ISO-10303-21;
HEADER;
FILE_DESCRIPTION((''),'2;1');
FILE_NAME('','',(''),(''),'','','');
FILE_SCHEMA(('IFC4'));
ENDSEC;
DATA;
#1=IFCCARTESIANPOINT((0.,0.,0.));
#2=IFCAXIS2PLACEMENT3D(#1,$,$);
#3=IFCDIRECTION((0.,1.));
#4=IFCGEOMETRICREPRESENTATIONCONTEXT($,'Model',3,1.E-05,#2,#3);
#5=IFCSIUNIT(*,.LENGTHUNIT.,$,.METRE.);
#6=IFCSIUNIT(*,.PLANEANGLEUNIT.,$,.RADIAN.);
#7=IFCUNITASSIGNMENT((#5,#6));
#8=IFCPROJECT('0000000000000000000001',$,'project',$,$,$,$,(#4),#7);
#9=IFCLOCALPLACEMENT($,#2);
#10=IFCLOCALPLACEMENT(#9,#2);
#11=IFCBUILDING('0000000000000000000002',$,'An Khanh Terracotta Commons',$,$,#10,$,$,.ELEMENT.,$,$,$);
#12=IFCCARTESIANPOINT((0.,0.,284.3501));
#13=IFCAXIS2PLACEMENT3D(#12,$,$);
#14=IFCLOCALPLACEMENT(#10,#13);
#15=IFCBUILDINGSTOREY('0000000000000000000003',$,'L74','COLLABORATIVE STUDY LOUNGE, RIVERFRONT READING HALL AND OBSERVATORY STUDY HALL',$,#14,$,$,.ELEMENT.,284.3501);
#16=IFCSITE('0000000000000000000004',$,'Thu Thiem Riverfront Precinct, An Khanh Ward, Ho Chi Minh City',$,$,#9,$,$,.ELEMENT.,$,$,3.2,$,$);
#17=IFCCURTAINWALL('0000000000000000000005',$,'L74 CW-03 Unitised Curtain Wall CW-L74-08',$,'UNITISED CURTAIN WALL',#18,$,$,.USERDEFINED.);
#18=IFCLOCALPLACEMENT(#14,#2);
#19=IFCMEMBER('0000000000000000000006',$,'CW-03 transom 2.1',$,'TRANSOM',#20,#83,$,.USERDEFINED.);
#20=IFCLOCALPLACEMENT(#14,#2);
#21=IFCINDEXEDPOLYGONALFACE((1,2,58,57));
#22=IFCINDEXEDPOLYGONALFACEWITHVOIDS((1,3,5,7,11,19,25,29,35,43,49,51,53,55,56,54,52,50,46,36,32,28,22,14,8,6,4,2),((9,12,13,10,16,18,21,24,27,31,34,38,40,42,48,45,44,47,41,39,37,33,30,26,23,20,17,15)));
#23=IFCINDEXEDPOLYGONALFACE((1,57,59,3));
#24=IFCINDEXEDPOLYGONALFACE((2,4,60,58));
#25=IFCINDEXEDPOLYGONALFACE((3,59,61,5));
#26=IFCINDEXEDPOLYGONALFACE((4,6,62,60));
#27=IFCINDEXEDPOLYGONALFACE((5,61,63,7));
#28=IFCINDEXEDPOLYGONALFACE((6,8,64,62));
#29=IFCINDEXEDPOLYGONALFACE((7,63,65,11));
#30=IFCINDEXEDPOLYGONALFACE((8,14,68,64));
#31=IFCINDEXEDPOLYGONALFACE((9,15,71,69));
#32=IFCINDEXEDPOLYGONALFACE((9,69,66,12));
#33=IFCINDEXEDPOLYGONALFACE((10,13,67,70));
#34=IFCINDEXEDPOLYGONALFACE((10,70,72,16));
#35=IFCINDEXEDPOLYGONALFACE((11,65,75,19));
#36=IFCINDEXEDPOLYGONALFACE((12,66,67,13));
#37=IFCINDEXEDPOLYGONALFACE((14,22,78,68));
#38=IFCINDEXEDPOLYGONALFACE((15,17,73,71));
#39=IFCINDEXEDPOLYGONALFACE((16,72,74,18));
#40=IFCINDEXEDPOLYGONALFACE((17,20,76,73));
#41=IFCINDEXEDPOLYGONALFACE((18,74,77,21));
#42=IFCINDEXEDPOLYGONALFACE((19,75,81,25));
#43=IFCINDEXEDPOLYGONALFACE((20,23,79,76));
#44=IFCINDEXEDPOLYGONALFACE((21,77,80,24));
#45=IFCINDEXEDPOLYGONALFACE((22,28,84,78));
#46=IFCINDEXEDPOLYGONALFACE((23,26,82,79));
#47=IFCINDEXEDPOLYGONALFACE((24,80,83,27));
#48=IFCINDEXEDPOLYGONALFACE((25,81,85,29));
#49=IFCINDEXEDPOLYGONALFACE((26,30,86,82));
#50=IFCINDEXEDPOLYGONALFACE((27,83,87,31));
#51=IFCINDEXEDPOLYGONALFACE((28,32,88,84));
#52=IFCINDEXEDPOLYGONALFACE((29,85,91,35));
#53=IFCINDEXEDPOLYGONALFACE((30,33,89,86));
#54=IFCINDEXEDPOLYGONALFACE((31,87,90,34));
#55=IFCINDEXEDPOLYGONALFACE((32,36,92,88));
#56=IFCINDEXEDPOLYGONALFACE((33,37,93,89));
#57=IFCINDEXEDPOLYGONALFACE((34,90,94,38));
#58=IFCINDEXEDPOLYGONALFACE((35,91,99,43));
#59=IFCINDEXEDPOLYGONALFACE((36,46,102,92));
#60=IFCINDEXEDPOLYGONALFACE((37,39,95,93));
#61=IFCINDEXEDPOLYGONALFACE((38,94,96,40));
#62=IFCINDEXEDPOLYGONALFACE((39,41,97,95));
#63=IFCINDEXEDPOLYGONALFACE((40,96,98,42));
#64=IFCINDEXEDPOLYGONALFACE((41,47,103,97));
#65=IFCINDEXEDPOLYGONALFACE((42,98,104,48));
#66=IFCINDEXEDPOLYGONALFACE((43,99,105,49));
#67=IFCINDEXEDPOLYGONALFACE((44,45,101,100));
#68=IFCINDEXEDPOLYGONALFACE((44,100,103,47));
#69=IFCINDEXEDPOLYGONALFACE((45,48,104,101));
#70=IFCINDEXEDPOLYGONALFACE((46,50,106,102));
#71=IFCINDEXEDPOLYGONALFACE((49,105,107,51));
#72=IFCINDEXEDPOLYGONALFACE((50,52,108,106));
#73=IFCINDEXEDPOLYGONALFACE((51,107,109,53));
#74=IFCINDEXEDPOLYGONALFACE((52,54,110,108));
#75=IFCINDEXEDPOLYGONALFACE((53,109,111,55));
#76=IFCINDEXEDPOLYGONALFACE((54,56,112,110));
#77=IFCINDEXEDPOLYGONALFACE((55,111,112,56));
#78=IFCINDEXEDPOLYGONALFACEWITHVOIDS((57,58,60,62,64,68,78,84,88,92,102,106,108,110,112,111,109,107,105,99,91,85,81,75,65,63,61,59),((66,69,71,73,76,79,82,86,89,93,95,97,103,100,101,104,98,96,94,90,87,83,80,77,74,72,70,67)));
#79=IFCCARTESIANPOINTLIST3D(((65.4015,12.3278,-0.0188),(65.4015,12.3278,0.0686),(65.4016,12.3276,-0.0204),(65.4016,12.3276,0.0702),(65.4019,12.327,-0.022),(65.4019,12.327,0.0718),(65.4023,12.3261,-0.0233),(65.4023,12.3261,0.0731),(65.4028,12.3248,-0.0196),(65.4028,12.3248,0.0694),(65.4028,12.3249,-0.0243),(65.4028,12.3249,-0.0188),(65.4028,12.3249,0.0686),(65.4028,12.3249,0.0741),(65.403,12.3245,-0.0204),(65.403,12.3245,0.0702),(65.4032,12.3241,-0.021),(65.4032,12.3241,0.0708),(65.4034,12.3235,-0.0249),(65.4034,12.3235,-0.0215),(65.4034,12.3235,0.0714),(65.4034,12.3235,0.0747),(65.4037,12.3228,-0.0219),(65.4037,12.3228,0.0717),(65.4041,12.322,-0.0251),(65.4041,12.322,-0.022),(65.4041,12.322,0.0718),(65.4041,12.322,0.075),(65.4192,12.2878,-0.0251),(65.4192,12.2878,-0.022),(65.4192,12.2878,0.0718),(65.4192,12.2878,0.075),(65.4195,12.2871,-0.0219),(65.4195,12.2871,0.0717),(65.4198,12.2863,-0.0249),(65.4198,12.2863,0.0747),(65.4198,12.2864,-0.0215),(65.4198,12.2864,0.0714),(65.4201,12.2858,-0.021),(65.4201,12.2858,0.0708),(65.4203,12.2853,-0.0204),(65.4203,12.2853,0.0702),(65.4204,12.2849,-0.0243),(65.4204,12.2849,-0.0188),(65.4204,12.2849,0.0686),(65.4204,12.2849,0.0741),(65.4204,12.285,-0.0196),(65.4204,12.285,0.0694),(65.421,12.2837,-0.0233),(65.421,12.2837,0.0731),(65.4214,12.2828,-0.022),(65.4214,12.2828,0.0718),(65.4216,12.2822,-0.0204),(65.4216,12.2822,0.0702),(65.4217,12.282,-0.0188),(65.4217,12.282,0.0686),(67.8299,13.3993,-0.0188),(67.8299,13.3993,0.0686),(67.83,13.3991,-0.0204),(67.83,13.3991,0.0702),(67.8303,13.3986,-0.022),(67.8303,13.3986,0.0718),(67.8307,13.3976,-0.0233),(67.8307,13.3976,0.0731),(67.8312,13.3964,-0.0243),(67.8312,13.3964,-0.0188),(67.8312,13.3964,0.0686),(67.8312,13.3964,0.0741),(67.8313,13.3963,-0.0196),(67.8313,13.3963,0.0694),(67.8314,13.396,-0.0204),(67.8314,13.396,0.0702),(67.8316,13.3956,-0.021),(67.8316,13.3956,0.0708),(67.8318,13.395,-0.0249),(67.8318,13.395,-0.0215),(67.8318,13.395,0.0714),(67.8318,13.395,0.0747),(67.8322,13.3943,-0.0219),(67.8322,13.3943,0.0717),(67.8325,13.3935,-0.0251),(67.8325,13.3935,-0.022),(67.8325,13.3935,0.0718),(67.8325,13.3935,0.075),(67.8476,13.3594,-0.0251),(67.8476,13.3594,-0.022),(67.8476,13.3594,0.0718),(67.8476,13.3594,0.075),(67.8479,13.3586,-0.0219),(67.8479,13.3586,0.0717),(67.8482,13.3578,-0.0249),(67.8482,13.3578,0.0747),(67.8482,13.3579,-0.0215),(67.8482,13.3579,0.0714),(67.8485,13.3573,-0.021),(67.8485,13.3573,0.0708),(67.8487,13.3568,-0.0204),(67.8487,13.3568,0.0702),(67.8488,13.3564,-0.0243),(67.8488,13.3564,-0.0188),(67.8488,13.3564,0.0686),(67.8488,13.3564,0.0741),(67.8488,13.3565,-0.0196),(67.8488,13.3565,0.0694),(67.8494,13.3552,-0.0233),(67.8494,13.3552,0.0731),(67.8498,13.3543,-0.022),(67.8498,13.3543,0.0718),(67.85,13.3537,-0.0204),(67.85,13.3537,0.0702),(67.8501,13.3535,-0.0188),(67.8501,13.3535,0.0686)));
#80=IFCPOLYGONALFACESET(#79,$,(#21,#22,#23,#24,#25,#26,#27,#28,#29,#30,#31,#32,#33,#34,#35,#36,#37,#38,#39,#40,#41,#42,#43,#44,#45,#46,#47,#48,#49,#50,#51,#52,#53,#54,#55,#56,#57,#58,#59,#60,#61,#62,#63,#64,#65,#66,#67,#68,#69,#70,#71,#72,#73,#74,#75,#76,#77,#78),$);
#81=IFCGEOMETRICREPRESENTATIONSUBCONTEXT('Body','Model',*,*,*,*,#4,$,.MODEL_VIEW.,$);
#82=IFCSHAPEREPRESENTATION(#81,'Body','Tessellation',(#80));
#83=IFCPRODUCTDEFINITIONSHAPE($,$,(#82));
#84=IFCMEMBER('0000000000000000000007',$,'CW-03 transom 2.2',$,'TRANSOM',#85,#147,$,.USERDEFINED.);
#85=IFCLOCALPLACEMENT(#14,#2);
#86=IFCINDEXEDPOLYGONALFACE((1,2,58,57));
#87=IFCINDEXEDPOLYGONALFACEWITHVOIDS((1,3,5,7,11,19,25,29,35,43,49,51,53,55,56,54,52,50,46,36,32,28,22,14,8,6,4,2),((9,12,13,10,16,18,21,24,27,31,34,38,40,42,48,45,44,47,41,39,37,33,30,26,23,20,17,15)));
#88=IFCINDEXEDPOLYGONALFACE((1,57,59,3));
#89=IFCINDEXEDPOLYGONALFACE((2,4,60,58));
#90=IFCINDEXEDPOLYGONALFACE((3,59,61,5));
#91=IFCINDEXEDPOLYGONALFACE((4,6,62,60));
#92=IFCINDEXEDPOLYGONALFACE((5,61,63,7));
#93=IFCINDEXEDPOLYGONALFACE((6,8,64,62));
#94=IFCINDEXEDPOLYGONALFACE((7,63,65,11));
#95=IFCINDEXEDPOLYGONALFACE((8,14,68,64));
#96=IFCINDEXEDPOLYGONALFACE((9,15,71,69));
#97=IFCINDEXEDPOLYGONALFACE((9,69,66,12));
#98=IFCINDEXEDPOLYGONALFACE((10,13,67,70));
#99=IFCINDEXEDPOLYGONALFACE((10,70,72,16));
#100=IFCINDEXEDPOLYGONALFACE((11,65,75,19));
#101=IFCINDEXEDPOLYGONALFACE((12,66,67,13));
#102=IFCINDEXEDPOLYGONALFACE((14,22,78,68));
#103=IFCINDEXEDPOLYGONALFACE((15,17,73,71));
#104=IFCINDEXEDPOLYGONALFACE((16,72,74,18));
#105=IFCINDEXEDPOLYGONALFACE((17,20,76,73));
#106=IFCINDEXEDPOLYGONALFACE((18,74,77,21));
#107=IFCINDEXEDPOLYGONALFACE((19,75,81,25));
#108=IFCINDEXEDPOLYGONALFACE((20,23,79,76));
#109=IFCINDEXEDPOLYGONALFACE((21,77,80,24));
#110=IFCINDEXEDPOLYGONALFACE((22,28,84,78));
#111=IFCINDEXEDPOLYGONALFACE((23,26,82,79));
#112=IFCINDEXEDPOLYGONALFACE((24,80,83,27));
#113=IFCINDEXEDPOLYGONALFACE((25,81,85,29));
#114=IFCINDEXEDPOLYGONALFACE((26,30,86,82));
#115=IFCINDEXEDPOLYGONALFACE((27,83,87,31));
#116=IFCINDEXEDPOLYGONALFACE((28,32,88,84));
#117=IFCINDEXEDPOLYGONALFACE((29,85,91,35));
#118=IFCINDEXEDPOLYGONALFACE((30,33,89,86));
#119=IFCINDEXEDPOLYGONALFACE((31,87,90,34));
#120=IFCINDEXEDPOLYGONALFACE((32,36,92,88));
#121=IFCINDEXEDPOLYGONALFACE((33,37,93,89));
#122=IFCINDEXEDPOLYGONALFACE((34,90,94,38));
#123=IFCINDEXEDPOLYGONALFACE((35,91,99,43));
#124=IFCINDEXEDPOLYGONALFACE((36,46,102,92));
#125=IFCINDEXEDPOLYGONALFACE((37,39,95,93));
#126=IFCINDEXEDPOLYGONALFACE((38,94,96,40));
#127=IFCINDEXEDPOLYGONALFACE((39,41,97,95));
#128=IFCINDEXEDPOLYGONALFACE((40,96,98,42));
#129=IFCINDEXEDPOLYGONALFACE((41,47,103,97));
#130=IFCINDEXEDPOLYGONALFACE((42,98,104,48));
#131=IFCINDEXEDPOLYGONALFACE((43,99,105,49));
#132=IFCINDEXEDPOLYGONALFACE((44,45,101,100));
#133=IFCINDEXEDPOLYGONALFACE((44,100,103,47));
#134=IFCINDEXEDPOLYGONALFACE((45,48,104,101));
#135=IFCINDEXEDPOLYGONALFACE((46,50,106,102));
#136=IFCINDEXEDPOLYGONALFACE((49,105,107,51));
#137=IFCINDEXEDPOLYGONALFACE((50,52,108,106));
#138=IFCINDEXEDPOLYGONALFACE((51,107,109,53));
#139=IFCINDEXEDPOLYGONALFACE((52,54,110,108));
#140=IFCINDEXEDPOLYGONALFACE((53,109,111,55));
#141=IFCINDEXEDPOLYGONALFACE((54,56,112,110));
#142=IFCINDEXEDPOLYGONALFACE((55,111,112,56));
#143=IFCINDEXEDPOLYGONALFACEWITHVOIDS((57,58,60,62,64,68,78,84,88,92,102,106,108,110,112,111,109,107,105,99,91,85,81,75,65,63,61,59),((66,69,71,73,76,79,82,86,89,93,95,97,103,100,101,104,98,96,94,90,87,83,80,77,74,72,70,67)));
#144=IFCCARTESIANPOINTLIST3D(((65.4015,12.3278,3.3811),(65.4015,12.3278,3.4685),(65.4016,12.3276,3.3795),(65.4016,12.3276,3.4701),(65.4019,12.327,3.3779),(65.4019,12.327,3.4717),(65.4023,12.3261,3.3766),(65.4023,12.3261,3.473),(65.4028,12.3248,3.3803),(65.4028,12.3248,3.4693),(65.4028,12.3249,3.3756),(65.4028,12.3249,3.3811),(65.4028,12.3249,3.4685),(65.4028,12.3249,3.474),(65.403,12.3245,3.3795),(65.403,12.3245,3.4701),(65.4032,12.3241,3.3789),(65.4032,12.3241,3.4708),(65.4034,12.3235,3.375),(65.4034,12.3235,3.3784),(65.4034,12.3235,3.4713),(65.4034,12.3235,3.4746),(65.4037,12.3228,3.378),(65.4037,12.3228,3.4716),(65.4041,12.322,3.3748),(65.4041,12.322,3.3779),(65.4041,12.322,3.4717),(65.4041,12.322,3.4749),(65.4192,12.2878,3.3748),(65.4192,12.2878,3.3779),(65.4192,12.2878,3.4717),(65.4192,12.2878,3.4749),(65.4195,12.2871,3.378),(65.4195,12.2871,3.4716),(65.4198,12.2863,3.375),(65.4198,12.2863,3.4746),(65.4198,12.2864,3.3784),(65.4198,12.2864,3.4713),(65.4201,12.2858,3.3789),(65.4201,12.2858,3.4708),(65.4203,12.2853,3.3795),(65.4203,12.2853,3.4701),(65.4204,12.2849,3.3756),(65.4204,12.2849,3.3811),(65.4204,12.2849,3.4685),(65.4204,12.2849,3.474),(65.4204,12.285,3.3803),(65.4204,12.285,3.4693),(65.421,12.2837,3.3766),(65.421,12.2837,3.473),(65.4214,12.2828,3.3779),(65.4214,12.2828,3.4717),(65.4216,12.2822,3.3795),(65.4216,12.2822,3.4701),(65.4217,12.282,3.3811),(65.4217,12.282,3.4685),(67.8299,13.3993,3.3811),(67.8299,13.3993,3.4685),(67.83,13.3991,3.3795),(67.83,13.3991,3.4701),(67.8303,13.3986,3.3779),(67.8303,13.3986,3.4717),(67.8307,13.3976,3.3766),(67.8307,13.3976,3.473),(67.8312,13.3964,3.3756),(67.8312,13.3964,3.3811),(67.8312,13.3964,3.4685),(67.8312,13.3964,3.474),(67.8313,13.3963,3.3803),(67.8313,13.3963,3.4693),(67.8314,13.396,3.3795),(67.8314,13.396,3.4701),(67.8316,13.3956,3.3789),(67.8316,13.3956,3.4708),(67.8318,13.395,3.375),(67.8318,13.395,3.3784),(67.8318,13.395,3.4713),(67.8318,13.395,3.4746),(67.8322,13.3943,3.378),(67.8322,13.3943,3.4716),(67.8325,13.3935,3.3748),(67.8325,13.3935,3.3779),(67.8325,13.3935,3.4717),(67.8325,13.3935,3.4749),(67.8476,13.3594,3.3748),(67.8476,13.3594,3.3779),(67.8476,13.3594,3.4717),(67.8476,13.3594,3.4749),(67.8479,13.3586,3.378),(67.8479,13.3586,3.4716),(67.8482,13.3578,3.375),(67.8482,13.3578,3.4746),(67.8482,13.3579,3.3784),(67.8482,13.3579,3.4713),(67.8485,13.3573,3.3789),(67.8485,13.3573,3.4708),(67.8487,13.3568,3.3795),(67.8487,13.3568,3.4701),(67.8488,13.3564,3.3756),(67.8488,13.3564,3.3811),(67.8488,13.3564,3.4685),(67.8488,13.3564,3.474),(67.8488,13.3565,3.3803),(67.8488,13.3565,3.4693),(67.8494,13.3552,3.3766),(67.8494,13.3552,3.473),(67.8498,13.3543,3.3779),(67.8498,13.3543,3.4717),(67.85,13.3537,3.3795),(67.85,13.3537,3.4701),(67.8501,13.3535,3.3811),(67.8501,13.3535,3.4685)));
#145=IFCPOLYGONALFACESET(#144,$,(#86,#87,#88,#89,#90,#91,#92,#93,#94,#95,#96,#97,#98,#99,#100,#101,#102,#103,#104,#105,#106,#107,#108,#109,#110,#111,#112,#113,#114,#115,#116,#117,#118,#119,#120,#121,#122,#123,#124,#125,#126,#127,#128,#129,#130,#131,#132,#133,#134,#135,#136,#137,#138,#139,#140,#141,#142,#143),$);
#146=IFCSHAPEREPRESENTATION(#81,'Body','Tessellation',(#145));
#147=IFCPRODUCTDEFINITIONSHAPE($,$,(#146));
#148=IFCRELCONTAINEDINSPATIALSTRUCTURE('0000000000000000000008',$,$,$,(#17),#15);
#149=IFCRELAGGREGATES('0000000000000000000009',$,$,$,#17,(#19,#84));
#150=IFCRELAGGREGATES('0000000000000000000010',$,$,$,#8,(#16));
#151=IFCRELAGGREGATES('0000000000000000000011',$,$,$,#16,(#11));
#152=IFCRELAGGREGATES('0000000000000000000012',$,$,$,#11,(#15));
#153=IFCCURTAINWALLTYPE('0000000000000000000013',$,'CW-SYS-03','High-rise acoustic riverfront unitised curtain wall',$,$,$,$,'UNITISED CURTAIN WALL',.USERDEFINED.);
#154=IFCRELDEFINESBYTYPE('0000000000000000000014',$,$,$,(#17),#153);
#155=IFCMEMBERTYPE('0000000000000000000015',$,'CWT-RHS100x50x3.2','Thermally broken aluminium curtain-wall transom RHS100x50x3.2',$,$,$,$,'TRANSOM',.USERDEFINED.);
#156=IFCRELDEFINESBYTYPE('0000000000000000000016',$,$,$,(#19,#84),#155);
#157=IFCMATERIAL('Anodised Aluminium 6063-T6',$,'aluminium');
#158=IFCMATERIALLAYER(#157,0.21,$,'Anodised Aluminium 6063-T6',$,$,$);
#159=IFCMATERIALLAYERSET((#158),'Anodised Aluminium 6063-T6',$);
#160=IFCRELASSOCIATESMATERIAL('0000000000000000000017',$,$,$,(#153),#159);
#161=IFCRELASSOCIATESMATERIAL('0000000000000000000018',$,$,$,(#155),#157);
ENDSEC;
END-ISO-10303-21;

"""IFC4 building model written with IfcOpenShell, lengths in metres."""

from ifc_helpers import new_model, si_unit, direction, frame, origin, origin_2d, place, context, subcontext, project, spatial, hollow_rectangle, extrude, material, layer, layer_set, material_profile, profile_set, type_object, element, aggregate, save


model = new_model("IFC4")

# Units and contexts
model_context = context("Model", 3, precision=1e-05, world=origin(), true_north=direction((0.0, 1.0)))
body_context = subcontext(model_context, "Body", "Model", "MODEL_VIEW")
ifc_project = project(units=[si_unit("LENGTHUNIT", "METRE"), si_unit("PLANEANGLEUNIT", "RADIAN")], contexts=[model_context])

# Site, building, storey
site_placement = place(None, origin())
site = spatial("IfcSite", under=ifc_project, at=site_placement, Name="Thu Thiem Riverfront Precinct, An Khanh Ward, Ho Chi Minh City", CompositionType="ELEMENT", RefElevation=3.2)
building_placement = place(site_placement, origin())
building = spatial("IfcBuilding", under=site, at=building_placement, Name="An Khanh Terracotta Commons", CompositionType="ELEMENT")
storey_placement = place(building_placement, frame((0.0, 0.0, 284.3501)))
storey = spatial("IfcBuildingStorey", under=building, at=storey_placement, Name="L74", Description="COLLABORATIVE STUDY LOUNGE, RIVERFRONT READING HALL AND OBSERVATORY STUDY HALL", CompositionType="ELEMENT", Elevation=284.3501)

# Curtain wall
ifc_material_1 = material(Name="Anodised Aluminium 6063-T6", Category="aluminium")
ifc_layer_1 = layer(ifc_material_1, 0.21, Name="Anodised Aluminium 6063-T6")
ifc_layer_set_1 = layer_set([ifc_layer_1], Name="Anodised Aluminium 6063-T6")
curtain_wall_type = type_object("IfcCurtainWallType", Name="CW-SYS-03", Description="High-rise acoustic riverfront unitised curtain wall", ElementType="UNITISED CURTAIN WALL", PredefinedType="USERDEFINED", material=ifc_layer_set_1)
curtain_wall_1_placement = place(storey_placement, origin())
curtain_wall_1 = element("IfcCurtainWall", 1, at=curtain_wall_1_placement, inside=storey, type_object=curtain_wall_type, Name="L74 CW-03 Unitised Curtain Wall CW-L74-08", ObjectType="UNITISED CURTAIN WALL", PredefinedType="USERDEFINED")

# Members
ifc_material_profile_1 = material_profile(ifc_material_1, hollow_rectangle(XDim=0.05, YDim=0.1001, WallThickness=0.0032, InnerFilletRadius=0.0032, OuterFilletRadius=0.0063, at=origin_2d()), Name="RHS100x50x3.2")
ifc_profile_set_1 = profile_set([ifc_material_profile_1], Name="Anodised Aluminium 6063-T6")
member_type_1 = type_object("IfcMemberType", Name="CWT-RHS100x50x3.2", Description="Thermally broken aluminium curtain-wall transom RHS100x50x3.2", ElementType="TRANSOM", PredefinedType="USERDEFINED", material=ifc_profile_set_1)
member_1_placement = place(storey_placement, frame((65.4116, 12.3049, 0.0249), z_axis=(0.914897, 0.403688, 0.0), x_axis=(-0.403688, 0.914897, 0.0)))
member_1 = element("IfcMember", 2, at=member_1_placement, type_object=member_type_1, Name="CW-03 transom 2.1", ObjectType="TRANSOM", PredefinedType="USERDEFINED", context=body_context, shape_type="SweptSolid", body=[
    extrude(hollow_rectangle(XDim=0.05, YDim=0.1001, WallThickness=0.0032, InnerFilletRadius=0.0032, OuterFilletRadius=0.0063, at=origin_2d()), origin(), (0.0, 0.0, 1.0), 2.6543),
])
member_2_placement = place(storey_placement, frame((65.4116, 12.3049, 3.4248), z_axis=(0.914897, 0.403688, 0.0), x_axis=(-0.403688, 0.914897, 0.0)))
member_2 = element("IfcMember", 3, at=member_2_placement, type_object=member_type_1, Name="CW-03 transom 2.2", ObjectType="TRANSOM", PredefinedType="USERDEFINED", context=body_context, shape_type="SweptSolid", body=[
    extrude(hollow_rectangle(XDim=0.05, YDim=0.1001, WallThickness=0.0032, InnerFilletRadius=0.0032, OuterFilletRadius=0.0063, at=origin_2d()), origin(), (0.0, 0.0, 1.0), 2.6543),
])

aggregate(curtain_wall_1, [member_1, member_2])

save(model, "model.ifc")
